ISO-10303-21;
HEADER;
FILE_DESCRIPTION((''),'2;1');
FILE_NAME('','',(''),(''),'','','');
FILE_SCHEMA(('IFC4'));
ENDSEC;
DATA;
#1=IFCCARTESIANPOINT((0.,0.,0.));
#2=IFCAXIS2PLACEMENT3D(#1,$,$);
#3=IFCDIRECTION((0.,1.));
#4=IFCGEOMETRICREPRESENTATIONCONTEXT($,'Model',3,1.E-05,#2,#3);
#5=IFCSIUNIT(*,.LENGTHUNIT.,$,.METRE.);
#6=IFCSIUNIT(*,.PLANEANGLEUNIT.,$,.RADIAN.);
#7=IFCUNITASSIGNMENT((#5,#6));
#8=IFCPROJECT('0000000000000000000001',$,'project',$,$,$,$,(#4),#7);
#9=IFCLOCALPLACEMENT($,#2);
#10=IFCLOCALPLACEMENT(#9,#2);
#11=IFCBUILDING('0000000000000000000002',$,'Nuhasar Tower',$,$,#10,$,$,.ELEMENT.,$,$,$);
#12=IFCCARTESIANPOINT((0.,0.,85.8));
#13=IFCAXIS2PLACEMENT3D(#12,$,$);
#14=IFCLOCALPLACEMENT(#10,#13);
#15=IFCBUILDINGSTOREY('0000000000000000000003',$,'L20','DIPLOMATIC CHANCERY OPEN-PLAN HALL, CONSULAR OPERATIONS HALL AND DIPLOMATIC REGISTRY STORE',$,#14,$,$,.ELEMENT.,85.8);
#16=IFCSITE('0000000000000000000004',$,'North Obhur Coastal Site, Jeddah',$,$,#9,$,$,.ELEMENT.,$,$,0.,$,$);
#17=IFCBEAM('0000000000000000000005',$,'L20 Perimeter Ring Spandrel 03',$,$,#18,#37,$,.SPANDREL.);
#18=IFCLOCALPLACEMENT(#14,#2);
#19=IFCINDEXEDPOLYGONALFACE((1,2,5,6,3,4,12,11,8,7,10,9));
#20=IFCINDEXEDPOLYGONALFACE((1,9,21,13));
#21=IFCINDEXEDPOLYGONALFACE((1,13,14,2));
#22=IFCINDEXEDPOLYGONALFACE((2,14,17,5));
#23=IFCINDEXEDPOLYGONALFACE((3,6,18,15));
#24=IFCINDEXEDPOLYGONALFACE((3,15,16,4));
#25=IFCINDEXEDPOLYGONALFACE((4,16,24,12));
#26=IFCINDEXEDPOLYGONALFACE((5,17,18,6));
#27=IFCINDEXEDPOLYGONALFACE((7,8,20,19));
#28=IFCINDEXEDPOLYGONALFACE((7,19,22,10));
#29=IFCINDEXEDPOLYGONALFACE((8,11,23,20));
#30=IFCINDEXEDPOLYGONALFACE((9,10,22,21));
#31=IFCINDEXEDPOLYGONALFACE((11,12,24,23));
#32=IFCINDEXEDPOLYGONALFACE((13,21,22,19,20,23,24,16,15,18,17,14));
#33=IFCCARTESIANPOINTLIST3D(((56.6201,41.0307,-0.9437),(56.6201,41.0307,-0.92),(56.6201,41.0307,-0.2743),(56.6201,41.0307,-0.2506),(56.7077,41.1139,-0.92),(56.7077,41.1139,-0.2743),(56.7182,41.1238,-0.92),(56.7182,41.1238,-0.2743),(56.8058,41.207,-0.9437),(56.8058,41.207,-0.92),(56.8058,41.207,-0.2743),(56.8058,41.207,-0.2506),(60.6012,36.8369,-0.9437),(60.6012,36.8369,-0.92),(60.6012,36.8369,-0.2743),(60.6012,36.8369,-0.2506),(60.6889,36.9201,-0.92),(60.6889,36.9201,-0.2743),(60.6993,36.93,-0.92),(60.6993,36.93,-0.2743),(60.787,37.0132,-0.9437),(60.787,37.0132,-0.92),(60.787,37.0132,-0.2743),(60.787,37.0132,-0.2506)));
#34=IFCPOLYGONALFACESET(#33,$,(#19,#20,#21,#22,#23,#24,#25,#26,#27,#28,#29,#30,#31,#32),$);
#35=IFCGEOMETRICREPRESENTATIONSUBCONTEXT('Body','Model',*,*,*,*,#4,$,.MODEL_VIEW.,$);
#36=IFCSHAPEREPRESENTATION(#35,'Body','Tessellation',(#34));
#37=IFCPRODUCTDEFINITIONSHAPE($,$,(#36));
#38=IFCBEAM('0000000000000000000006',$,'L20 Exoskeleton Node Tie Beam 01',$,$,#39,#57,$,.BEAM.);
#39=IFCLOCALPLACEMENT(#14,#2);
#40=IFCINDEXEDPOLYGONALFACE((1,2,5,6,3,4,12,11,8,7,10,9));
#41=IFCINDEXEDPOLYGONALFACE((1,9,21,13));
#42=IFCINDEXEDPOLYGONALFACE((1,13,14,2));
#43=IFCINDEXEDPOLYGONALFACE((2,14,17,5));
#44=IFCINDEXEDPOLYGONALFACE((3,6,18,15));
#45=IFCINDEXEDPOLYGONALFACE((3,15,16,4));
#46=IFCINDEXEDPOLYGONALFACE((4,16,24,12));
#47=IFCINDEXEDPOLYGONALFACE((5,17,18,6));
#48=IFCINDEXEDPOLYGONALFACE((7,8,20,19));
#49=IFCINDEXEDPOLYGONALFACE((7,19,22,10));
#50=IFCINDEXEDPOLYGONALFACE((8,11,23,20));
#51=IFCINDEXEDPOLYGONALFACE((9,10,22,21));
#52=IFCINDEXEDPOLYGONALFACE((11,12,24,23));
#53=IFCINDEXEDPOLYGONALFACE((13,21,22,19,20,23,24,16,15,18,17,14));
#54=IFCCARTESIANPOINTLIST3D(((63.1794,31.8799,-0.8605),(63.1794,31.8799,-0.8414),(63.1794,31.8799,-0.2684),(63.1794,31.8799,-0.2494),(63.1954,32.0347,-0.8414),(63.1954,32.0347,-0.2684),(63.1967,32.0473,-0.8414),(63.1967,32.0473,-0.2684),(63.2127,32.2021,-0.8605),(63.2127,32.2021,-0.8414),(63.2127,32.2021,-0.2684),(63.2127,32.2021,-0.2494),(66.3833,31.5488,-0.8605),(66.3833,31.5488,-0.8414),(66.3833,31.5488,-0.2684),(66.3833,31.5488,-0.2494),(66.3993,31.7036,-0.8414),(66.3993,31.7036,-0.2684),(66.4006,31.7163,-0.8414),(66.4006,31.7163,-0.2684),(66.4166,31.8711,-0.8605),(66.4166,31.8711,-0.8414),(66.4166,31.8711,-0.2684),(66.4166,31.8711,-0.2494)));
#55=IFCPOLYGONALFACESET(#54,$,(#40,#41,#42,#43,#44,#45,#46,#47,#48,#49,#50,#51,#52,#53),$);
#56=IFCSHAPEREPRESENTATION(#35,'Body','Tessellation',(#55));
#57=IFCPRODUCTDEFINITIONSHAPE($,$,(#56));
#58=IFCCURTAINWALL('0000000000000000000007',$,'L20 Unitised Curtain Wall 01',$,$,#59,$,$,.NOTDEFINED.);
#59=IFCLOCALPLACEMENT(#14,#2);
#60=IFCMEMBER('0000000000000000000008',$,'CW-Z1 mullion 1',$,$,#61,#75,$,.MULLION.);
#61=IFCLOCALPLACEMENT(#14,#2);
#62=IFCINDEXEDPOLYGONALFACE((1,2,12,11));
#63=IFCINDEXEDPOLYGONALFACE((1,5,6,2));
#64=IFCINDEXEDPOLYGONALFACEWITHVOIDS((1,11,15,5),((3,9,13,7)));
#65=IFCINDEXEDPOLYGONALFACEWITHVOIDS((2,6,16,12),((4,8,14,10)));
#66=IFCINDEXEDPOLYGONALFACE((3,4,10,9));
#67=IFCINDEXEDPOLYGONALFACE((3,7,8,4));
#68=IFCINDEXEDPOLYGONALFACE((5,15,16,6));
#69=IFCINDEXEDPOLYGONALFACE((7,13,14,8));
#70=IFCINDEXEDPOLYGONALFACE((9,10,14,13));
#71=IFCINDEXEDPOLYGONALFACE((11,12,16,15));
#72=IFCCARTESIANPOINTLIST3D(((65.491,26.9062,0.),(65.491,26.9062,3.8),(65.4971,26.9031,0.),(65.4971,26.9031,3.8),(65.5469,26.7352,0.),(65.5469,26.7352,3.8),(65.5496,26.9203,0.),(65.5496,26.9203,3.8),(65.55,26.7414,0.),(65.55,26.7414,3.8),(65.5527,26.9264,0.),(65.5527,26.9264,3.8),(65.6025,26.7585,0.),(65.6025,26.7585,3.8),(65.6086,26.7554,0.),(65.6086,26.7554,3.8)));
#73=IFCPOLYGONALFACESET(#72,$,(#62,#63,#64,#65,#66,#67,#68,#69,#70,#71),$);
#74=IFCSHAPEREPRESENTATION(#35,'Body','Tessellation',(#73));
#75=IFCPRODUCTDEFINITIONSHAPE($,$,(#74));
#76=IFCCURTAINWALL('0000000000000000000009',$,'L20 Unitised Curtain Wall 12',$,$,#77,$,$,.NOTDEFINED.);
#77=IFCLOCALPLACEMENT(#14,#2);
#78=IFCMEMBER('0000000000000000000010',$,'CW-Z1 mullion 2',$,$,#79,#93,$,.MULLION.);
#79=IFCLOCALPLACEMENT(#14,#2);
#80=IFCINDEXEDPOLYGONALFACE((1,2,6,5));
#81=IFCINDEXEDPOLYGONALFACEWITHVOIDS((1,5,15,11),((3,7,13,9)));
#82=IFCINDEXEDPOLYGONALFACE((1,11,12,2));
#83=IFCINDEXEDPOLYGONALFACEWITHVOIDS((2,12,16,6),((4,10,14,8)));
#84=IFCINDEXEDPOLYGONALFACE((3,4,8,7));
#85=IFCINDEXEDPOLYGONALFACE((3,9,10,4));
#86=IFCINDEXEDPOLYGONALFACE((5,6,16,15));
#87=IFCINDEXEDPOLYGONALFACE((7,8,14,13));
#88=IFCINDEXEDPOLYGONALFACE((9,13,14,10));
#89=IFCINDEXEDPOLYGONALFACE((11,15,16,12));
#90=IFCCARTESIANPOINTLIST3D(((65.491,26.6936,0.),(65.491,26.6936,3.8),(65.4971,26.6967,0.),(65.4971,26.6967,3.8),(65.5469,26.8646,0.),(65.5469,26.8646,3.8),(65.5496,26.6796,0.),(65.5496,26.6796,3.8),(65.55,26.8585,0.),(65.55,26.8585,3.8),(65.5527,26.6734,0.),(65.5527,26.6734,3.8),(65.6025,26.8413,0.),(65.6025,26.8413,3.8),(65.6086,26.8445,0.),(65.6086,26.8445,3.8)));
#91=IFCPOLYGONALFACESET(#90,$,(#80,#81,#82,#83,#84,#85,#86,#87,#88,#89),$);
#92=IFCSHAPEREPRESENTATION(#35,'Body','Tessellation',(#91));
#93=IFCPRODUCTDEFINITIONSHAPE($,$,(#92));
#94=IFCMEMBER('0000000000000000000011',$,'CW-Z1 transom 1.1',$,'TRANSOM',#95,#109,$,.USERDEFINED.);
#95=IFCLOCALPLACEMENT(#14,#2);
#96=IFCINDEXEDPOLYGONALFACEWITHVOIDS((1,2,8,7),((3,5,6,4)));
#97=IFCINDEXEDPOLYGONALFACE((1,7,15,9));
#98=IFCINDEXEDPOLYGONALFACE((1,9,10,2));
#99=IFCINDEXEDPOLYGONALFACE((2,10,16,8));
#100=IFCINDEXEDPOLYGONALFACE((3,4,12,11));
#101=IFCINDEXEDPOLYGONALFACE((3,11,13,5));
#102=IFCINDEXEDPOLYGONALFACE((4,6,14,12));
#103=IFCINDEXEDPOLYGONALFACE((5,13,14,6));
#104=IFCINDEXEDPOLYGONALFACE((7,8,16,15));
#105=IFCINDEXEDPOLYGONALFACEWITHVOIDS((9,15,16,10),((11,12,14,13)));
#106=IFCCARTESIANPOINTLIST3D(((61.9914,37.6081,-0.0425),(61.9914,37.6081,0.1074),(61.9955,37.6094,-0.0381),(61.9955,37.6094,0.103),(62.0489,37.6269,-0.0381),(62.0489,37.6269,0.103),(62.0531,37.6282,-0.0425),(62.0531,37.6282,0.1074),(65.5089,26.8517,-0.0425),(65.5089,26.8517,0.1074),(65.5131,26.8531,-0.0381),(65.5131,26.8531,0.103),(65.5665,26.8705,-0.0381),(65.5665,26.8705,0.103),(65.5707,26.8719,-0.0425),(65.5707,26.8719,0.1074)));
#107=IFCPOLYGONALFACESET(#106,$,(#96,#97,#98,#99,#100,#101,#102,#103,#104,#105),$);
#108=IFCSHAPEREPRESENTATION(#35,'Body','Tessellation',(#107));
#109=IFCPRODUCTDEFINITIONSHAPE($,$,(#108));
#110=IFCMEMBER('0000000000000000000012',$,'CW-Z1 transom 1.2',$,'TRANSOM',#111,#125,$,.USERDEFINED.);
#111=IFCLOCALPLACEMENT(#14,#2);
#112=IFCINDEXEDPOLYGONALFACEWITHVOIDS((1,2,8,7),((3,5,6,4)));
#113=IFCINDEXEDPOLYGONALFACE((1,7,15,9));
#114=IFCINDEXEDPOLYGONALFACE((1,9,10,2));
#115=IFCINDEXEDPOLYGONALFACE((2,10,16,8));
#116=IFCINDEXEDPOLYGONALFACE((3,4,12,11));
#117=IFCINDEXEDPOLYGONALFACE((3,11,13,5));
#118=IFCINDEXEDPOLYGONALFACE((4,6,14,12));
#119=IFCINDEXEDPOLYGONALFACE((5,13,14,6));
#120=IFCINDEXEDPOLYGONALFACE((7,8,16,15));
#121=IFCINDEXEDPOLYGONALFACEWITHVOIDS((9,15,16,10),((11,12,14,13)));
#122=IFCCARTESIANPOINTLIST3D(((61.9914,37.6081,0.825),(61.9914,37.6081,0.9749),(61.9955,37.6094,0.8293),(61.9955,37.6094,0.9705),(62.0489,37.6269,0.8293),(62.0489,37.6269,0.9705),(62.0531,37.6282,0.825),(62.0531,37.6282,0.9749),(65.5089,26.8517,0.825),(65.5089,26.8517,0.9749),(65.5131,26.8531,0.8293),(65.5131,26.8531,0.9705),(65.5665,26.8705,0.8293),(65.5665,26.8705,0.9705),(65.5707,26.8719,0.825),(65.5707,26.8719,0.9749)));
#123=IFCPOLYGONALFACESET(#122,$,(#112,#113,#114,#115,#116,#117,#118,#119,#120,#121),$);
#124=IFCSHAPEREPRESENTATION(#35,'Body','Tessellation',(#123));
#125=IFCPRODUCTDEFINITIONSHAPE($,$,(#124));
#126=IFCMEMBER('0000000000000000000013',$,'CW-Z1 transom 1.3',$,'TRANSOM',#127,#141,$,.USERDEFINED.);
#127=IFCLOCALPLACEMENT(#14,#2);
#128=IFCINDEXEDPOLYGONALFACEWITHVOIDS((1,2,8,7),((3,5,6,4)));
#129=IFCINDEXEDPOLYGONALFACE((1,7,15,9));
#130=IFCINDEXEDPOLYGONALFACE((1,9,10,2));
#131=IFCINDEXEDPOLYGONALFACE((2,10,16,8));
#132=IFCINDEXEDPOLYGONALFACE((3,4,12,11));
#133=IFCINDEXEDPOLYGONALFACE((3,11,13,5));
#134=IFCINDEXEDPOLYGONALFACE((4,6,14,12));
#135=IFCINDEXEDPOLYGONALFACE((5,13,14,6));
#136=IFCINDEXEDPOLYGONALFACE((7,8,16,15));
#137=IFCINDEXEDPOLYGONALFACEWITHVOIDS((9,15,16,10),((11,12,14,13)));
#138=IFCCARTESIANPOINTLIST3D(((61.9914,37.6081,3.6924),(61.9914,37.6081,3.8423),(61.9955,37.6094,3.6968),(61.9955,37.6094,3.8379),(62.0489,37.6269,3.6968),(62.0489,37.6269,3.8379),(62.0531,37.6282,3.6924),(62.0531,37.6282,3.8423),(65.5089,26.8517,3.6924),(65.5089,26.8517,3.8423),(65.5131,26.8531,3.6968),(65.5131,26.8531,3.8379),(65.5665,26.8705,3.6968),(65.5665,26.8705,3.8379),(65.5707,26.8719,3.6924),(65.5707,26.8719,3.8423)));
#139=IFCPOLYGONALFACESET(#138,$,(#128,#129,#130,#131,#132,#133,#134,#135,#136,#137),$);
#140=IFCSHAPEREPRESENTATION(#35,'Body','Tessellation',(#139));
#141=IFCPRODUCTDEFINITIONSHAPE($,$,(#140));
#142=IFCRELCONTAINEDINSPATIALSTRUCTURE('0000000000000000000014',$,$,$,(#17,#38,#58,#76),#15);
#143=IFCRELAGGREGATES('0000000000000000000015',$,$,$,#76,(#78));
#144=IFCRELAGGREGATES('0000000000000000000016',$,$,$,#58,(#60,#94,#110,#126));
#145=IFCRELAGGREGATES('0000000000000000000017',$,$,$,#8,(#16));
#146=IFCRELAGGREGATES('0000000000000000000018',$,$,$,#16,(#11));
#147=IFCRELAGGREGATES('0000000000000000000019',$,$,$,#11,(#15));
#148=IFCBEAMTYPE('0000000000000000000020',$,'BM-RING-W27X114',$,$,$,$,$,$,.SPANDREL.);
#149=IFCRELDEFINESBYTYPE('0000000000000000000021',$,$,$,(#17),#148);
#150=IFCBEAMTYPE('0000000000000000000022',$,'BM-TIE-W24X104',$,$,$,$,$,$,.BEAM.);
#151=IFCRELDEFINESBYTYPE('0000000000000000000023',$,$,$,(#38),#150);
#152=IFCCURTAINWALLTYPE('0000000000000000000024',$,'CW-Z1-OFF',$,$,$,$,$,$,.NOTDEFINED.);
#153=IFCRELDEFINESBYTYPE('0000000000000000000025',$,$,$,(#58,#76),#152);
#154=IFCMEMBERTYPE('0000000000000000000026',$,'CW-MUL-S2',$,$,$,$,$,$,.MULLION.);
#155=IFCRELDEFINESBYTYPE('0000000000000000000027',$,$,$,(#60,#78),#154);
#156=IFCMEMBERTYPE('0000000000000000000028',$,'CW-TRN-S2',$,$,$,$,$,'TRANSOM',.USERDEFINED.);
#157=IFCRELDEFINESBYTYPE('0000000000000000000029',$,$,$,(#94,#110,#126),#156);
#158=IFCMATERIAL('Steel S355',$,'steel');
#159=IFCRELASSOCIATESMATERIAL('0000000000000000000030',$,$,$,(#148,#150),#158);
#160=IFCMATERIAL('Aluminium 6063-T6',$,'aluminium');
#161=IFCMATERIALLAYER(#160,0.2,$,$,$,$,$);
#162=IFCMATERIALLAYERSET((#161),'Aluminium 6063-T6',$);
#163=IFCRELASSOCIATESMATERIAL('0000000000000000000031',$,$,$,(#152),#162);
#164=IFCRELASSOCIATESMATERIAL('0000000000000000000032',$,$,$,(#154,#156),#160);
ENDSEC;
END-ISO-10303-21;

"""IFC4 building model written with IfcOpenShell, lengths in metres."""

from ifc_helpers import new_model, si_unit, direction, frame, origin, origin_2d, place, context, subcontext, project, spatial, hollow_rectangle, i_section, extrude, material, layer, layer_set, material_profile, profile_set, type_object, element, aggregate, save


model = new_model("IFC4")

# Units and contexts
model_context = context("Model", 3, precision=1e-05, world=origin(), true_north=direction((0.0, 1.0)))
body_context = subcontext(model_context, "Body", "Model", "MODEL_VIEW")
ifc_project = project(units=[si_unit("LENGTHUNIT", "METRE"), si_unit("PLANEANGLEUNIT", "RADIAN")], contexts=[model_context])

# Site, building, storey
site_placement = place(None, origin())
site = spatial("IfcSite", under=ifc_project, at=site_placement, Name="North Obhur Coastal Site, Jeddah", CompositionType="ELEMENT", RefElevation=0.0)
building_placement = place(site_placement, origin())
building = spatial("IfcBuilding", under=site, at=building_placement, Name="Nuhasar Tower", CompositionType="ELEMENT")
storey_placement = place(building_placement, frame((0.0, 0.0, 85.8)))
storey = spatial("IfcBuildingStorey", under=building, at=storey_placement, Name="L20", Description="DIPLOMATIC CHANCERY OPEN-PLAN HALL, CONSULAR OPERATIONS HALL AND DIPLOMATIC REGISTRY STORE", CompositionType="ELEMENT", Elevation=85.8)

# Beams
ifc_material_1 = material(Name="Steel S355", Category="steel")
ifc_material_profile_1 = material_profile(ifc_material_1, i_section(OverallWidth=0.2561, OverallDepth=0.6931, WebThickness=0.0144, FlangeThickness=0.0237, at=origin_2d()), Name="W27X114")
ifc_profile_set_1 = profile_set([ifc_material_profile_1], Name="Steel S355")
beam_type_1 = type_object("IfcBeamType", Name="BM-RING-W27X114", PredefinedType="SPANDREL", material=ifc_profile_set_1)
beam_1_placement = place(storey_placement, frame((60.6941, 36.925, -0.5972), z_axis=(-0.688481, 0.725254, 0.0), x_axis=(-0.725254, -0.688481, 0.0)))
element("IfcBeam", 1, at=beam_1_placement, inside=storey, type_object=beam_type_1, Name="L20 Perimeter Ring Spandrel 03", PredefinedType="SPANDREL", context=body_context, shape_type="SweptSolid", body=[
    extrude(i_section(OverallWidth=0.2561, OverallDepth=0.6931, WebThickness=0.0144, FlangeThickness=0.0237, at=origin_2d()), origin(), (0.0, 0.0, 1.0), 5.7825),
])
ifc_material_profile_2 = material_profile(ifc_material_1, i_section(OverallWidth=0.324, OverallDepth=0.6111, WebThickness=0.0127, FlangeThickness=0.019, at=origin_2d()), Name="W24X104")
ifc_profile_set_2 = profile_set([ifc_material_profile_2], Name="Steel S355")
beam_type_2 = type_object("IfcBeamType", Name="BM-TIE-W24X104", PredefinedType="BEAM", material=ifc_profile_set_2)
beam_2_placement = place(storey_placement, frame((63.196, 32.041, -0.5549), z_axis=(0.994704, -0.102783, 0.0), x_axis=(0.102783, 0.994704, 0.0)))
element("IfcBeam", 2, at=beam_2_placement, inside=storey, type_object=beam_type_2, Name="L20 Exoskeleton Node Tie Beam 01", PredefinedType="BEAM", context=body_context, shape_type="SweptSolid", body=[
    extrude(i_section(OverallWidth=0.324, OverallDepth=0.6111, WebThickness=0.0127, FlangeThickness=0.019, at=origin_2d()), origin(), (0.0, 0.0, 1.0), 3.2209),
])

# Curtain walls, members
ifc_material_2 = material(Name="Aluminium 6063-T6", Category="aluminium")
ifc_layer_1 = layer(ifc_material_2, 0.2)
ifc_layer_set_1 = layer_set([ifc_layer_1], Name="Aluminium 6063-T6")
curtain_wall_type = type_object("IfcCurtainWallType", Name="CW-Z1-OFF", PredefinedType="NOTDEFINED", material=ifc_layer_set_1)
curtain_wall_1_placement = place(storey_placement, origin())
curtain_wall_1 = element("IfcCurtainWall", 3, at=curtain_wall_1_placement, inside=storey, type_object=curtain_wall_type, Name="L20 Unitised Curtain Wall 01", PredefinedType="NOTDEFINED")
ifc_material_profile_3 = material_profile(ifc_material_2, hollow_rectangle(XDim=0.0649, YDim=0.1799, WallThickness=0.0049, at=origin_2d()), Name="CWM-2")
ifc_profile_set_3 = profile_set([ifc_material_profile_3], Name="Aluminium 6063-T6")
member_type_1 = type_object("IfcMemberType", Name="CW-MUL-S2", PredefinedType="MULLION", material=ifc_profile_set_3)
member_1_placement = place(storey_placement, frame((65.5498, 26.8308, 0.0), z_axis=(0.0, 0.0, 1.0), x_axis=(-0.950468, -0.310824, 0.0)))
member_1 = element("IfcMember", 4, at=member_1_placement, type_object=member_type_1, Name="CW-Z1 mullion 1", PredefinedType="MULLION", context=body_context, shape_type="SweptSolid", body=[
    extrude(hollow_rectangle(XDim=0.0649, YDim=0.1799, WallThickness=0.0049, at=origin_2d()), origin(), (0.0, 0.0, 1.0), 3.8),
])
curtain_wall_2_placement = place(storey_placement, origin())
curtain_wall_2 = element("IfcCurtainWall", 5, at=curtain_wall_2_placement, inside=storey, type_object=curtain_wall_type, Name="L20 Unitised Curtain Wall 12", PredefinedType="NOTDEFINED")
member_2_placement = place(storey_placement, frame((65.5498, 26.769, 0.0), z_axis=(0.0, 0.0, 1.0), x_axis=(-0.950468, 0.310824, 0.0)))
member_2 = element("IfcMember", 6, at=member_2_placement, type_object=member_type_1, Name="CW-Z1 mullion 2", PredefinedType="MULLION", context=body_context, shape_type="SweptSolid", body=[
    extrude(hollow_rectangle(XDim=0.0649, YDim=0.1799, WallThickness=0.0049, at=origin_2d()), origin(), (0.0, 0.0, 1.0), 3.8),
])
aggregate(curtain_wall_2, [member_2])

# Members
ifc_material_profile_4 = material_profile(ifc_material_2, hollow_rectangle(XDim=0.0649, YDim=0.1499, WallThickness=0.0044, at=origin_2d()), Name="CWT-2")
ifc_profile_set_4 = profile_set([ifc_material_profile_4], Name="Aluminium 6063-T6")
member_type_2 = type_object("IfcMemberType", Name="CW-TRN-S2", ElementType="TRANSOM", PredefinedType="USERDEFINED", material=ifc_profile_set_4)
member_3_placement = place(storey_placement, frame((65.5398, 26.8618, 0.0325), z_axis=(-0.310825, 0.950467, 0.0), x_axis=(-0.950467, -0.310825, 0.0)))
member_3 = element("IfcMember", 7, at=member_3_placement, type_object=member_type_2, Name="CW-Z1 transom 1.1", ObjectType="TRANSOM", PredefinedType="USERDEFINED", context=body_context, shape_type="SweptSolid", body=[
    extrude(hollow_rectangle(XDim=0.0649, YDim=0.1499, WallThickness=0.0044, at=origin_2d()), origin(), (0.0, 0.0, 1.0), 11.3169),
])
member_4_placement = place(storey_placement, frame((65.5398, 26.8618, 0.8999), z_axis=(-0.310825, 0.950467, 0.0), x_axis=(-0.950467, -0.310825, 0.0)))
member_4 = element("IfcMember", 8, at=member_4_placement, type_object=member_type_2, Name="CW-Z1 transom 1.2", ObjectType="TRANSOM", PredefinedType="USERDEFINED", context=body_context, shape_type="SweptSolid", body=[
    extrude(hollow_rectangle(XDim=0.0649, YDim=0.1499, WallThickness=0.0044, at=origin_2d()), origin(), (0.0, 0.0, 1.0), 11.3169),
])
member_5_placement = place(storey_placement, frame((65.5398, 26.8618, 3.7673), z_axis=(-0.310825, 0.950467, 0.0), x_axis=(-0.950467, -0.310825, 0.0)))
member_5 = element("IfcMember", 9, at=member_5_placement, type_object=member_type_2, Name="CW-Z1 transom 1.3", ObjectType="TRANSOM", PredefinedType="USERDEFINED", context=body_context, shape_type="SweptSolid", body=[
    extrude(hollow_rectangle(XDim=0.0649, YDim=0.1499, WallThickness=0.0044, at=origin_2d()), origin(), (0.0, 0.0, 1.0), 11.3169),
])

aggregate(curtain_wall_1, [member_1, member_3, member_4, member_5])

save(model, "model.ifc")
